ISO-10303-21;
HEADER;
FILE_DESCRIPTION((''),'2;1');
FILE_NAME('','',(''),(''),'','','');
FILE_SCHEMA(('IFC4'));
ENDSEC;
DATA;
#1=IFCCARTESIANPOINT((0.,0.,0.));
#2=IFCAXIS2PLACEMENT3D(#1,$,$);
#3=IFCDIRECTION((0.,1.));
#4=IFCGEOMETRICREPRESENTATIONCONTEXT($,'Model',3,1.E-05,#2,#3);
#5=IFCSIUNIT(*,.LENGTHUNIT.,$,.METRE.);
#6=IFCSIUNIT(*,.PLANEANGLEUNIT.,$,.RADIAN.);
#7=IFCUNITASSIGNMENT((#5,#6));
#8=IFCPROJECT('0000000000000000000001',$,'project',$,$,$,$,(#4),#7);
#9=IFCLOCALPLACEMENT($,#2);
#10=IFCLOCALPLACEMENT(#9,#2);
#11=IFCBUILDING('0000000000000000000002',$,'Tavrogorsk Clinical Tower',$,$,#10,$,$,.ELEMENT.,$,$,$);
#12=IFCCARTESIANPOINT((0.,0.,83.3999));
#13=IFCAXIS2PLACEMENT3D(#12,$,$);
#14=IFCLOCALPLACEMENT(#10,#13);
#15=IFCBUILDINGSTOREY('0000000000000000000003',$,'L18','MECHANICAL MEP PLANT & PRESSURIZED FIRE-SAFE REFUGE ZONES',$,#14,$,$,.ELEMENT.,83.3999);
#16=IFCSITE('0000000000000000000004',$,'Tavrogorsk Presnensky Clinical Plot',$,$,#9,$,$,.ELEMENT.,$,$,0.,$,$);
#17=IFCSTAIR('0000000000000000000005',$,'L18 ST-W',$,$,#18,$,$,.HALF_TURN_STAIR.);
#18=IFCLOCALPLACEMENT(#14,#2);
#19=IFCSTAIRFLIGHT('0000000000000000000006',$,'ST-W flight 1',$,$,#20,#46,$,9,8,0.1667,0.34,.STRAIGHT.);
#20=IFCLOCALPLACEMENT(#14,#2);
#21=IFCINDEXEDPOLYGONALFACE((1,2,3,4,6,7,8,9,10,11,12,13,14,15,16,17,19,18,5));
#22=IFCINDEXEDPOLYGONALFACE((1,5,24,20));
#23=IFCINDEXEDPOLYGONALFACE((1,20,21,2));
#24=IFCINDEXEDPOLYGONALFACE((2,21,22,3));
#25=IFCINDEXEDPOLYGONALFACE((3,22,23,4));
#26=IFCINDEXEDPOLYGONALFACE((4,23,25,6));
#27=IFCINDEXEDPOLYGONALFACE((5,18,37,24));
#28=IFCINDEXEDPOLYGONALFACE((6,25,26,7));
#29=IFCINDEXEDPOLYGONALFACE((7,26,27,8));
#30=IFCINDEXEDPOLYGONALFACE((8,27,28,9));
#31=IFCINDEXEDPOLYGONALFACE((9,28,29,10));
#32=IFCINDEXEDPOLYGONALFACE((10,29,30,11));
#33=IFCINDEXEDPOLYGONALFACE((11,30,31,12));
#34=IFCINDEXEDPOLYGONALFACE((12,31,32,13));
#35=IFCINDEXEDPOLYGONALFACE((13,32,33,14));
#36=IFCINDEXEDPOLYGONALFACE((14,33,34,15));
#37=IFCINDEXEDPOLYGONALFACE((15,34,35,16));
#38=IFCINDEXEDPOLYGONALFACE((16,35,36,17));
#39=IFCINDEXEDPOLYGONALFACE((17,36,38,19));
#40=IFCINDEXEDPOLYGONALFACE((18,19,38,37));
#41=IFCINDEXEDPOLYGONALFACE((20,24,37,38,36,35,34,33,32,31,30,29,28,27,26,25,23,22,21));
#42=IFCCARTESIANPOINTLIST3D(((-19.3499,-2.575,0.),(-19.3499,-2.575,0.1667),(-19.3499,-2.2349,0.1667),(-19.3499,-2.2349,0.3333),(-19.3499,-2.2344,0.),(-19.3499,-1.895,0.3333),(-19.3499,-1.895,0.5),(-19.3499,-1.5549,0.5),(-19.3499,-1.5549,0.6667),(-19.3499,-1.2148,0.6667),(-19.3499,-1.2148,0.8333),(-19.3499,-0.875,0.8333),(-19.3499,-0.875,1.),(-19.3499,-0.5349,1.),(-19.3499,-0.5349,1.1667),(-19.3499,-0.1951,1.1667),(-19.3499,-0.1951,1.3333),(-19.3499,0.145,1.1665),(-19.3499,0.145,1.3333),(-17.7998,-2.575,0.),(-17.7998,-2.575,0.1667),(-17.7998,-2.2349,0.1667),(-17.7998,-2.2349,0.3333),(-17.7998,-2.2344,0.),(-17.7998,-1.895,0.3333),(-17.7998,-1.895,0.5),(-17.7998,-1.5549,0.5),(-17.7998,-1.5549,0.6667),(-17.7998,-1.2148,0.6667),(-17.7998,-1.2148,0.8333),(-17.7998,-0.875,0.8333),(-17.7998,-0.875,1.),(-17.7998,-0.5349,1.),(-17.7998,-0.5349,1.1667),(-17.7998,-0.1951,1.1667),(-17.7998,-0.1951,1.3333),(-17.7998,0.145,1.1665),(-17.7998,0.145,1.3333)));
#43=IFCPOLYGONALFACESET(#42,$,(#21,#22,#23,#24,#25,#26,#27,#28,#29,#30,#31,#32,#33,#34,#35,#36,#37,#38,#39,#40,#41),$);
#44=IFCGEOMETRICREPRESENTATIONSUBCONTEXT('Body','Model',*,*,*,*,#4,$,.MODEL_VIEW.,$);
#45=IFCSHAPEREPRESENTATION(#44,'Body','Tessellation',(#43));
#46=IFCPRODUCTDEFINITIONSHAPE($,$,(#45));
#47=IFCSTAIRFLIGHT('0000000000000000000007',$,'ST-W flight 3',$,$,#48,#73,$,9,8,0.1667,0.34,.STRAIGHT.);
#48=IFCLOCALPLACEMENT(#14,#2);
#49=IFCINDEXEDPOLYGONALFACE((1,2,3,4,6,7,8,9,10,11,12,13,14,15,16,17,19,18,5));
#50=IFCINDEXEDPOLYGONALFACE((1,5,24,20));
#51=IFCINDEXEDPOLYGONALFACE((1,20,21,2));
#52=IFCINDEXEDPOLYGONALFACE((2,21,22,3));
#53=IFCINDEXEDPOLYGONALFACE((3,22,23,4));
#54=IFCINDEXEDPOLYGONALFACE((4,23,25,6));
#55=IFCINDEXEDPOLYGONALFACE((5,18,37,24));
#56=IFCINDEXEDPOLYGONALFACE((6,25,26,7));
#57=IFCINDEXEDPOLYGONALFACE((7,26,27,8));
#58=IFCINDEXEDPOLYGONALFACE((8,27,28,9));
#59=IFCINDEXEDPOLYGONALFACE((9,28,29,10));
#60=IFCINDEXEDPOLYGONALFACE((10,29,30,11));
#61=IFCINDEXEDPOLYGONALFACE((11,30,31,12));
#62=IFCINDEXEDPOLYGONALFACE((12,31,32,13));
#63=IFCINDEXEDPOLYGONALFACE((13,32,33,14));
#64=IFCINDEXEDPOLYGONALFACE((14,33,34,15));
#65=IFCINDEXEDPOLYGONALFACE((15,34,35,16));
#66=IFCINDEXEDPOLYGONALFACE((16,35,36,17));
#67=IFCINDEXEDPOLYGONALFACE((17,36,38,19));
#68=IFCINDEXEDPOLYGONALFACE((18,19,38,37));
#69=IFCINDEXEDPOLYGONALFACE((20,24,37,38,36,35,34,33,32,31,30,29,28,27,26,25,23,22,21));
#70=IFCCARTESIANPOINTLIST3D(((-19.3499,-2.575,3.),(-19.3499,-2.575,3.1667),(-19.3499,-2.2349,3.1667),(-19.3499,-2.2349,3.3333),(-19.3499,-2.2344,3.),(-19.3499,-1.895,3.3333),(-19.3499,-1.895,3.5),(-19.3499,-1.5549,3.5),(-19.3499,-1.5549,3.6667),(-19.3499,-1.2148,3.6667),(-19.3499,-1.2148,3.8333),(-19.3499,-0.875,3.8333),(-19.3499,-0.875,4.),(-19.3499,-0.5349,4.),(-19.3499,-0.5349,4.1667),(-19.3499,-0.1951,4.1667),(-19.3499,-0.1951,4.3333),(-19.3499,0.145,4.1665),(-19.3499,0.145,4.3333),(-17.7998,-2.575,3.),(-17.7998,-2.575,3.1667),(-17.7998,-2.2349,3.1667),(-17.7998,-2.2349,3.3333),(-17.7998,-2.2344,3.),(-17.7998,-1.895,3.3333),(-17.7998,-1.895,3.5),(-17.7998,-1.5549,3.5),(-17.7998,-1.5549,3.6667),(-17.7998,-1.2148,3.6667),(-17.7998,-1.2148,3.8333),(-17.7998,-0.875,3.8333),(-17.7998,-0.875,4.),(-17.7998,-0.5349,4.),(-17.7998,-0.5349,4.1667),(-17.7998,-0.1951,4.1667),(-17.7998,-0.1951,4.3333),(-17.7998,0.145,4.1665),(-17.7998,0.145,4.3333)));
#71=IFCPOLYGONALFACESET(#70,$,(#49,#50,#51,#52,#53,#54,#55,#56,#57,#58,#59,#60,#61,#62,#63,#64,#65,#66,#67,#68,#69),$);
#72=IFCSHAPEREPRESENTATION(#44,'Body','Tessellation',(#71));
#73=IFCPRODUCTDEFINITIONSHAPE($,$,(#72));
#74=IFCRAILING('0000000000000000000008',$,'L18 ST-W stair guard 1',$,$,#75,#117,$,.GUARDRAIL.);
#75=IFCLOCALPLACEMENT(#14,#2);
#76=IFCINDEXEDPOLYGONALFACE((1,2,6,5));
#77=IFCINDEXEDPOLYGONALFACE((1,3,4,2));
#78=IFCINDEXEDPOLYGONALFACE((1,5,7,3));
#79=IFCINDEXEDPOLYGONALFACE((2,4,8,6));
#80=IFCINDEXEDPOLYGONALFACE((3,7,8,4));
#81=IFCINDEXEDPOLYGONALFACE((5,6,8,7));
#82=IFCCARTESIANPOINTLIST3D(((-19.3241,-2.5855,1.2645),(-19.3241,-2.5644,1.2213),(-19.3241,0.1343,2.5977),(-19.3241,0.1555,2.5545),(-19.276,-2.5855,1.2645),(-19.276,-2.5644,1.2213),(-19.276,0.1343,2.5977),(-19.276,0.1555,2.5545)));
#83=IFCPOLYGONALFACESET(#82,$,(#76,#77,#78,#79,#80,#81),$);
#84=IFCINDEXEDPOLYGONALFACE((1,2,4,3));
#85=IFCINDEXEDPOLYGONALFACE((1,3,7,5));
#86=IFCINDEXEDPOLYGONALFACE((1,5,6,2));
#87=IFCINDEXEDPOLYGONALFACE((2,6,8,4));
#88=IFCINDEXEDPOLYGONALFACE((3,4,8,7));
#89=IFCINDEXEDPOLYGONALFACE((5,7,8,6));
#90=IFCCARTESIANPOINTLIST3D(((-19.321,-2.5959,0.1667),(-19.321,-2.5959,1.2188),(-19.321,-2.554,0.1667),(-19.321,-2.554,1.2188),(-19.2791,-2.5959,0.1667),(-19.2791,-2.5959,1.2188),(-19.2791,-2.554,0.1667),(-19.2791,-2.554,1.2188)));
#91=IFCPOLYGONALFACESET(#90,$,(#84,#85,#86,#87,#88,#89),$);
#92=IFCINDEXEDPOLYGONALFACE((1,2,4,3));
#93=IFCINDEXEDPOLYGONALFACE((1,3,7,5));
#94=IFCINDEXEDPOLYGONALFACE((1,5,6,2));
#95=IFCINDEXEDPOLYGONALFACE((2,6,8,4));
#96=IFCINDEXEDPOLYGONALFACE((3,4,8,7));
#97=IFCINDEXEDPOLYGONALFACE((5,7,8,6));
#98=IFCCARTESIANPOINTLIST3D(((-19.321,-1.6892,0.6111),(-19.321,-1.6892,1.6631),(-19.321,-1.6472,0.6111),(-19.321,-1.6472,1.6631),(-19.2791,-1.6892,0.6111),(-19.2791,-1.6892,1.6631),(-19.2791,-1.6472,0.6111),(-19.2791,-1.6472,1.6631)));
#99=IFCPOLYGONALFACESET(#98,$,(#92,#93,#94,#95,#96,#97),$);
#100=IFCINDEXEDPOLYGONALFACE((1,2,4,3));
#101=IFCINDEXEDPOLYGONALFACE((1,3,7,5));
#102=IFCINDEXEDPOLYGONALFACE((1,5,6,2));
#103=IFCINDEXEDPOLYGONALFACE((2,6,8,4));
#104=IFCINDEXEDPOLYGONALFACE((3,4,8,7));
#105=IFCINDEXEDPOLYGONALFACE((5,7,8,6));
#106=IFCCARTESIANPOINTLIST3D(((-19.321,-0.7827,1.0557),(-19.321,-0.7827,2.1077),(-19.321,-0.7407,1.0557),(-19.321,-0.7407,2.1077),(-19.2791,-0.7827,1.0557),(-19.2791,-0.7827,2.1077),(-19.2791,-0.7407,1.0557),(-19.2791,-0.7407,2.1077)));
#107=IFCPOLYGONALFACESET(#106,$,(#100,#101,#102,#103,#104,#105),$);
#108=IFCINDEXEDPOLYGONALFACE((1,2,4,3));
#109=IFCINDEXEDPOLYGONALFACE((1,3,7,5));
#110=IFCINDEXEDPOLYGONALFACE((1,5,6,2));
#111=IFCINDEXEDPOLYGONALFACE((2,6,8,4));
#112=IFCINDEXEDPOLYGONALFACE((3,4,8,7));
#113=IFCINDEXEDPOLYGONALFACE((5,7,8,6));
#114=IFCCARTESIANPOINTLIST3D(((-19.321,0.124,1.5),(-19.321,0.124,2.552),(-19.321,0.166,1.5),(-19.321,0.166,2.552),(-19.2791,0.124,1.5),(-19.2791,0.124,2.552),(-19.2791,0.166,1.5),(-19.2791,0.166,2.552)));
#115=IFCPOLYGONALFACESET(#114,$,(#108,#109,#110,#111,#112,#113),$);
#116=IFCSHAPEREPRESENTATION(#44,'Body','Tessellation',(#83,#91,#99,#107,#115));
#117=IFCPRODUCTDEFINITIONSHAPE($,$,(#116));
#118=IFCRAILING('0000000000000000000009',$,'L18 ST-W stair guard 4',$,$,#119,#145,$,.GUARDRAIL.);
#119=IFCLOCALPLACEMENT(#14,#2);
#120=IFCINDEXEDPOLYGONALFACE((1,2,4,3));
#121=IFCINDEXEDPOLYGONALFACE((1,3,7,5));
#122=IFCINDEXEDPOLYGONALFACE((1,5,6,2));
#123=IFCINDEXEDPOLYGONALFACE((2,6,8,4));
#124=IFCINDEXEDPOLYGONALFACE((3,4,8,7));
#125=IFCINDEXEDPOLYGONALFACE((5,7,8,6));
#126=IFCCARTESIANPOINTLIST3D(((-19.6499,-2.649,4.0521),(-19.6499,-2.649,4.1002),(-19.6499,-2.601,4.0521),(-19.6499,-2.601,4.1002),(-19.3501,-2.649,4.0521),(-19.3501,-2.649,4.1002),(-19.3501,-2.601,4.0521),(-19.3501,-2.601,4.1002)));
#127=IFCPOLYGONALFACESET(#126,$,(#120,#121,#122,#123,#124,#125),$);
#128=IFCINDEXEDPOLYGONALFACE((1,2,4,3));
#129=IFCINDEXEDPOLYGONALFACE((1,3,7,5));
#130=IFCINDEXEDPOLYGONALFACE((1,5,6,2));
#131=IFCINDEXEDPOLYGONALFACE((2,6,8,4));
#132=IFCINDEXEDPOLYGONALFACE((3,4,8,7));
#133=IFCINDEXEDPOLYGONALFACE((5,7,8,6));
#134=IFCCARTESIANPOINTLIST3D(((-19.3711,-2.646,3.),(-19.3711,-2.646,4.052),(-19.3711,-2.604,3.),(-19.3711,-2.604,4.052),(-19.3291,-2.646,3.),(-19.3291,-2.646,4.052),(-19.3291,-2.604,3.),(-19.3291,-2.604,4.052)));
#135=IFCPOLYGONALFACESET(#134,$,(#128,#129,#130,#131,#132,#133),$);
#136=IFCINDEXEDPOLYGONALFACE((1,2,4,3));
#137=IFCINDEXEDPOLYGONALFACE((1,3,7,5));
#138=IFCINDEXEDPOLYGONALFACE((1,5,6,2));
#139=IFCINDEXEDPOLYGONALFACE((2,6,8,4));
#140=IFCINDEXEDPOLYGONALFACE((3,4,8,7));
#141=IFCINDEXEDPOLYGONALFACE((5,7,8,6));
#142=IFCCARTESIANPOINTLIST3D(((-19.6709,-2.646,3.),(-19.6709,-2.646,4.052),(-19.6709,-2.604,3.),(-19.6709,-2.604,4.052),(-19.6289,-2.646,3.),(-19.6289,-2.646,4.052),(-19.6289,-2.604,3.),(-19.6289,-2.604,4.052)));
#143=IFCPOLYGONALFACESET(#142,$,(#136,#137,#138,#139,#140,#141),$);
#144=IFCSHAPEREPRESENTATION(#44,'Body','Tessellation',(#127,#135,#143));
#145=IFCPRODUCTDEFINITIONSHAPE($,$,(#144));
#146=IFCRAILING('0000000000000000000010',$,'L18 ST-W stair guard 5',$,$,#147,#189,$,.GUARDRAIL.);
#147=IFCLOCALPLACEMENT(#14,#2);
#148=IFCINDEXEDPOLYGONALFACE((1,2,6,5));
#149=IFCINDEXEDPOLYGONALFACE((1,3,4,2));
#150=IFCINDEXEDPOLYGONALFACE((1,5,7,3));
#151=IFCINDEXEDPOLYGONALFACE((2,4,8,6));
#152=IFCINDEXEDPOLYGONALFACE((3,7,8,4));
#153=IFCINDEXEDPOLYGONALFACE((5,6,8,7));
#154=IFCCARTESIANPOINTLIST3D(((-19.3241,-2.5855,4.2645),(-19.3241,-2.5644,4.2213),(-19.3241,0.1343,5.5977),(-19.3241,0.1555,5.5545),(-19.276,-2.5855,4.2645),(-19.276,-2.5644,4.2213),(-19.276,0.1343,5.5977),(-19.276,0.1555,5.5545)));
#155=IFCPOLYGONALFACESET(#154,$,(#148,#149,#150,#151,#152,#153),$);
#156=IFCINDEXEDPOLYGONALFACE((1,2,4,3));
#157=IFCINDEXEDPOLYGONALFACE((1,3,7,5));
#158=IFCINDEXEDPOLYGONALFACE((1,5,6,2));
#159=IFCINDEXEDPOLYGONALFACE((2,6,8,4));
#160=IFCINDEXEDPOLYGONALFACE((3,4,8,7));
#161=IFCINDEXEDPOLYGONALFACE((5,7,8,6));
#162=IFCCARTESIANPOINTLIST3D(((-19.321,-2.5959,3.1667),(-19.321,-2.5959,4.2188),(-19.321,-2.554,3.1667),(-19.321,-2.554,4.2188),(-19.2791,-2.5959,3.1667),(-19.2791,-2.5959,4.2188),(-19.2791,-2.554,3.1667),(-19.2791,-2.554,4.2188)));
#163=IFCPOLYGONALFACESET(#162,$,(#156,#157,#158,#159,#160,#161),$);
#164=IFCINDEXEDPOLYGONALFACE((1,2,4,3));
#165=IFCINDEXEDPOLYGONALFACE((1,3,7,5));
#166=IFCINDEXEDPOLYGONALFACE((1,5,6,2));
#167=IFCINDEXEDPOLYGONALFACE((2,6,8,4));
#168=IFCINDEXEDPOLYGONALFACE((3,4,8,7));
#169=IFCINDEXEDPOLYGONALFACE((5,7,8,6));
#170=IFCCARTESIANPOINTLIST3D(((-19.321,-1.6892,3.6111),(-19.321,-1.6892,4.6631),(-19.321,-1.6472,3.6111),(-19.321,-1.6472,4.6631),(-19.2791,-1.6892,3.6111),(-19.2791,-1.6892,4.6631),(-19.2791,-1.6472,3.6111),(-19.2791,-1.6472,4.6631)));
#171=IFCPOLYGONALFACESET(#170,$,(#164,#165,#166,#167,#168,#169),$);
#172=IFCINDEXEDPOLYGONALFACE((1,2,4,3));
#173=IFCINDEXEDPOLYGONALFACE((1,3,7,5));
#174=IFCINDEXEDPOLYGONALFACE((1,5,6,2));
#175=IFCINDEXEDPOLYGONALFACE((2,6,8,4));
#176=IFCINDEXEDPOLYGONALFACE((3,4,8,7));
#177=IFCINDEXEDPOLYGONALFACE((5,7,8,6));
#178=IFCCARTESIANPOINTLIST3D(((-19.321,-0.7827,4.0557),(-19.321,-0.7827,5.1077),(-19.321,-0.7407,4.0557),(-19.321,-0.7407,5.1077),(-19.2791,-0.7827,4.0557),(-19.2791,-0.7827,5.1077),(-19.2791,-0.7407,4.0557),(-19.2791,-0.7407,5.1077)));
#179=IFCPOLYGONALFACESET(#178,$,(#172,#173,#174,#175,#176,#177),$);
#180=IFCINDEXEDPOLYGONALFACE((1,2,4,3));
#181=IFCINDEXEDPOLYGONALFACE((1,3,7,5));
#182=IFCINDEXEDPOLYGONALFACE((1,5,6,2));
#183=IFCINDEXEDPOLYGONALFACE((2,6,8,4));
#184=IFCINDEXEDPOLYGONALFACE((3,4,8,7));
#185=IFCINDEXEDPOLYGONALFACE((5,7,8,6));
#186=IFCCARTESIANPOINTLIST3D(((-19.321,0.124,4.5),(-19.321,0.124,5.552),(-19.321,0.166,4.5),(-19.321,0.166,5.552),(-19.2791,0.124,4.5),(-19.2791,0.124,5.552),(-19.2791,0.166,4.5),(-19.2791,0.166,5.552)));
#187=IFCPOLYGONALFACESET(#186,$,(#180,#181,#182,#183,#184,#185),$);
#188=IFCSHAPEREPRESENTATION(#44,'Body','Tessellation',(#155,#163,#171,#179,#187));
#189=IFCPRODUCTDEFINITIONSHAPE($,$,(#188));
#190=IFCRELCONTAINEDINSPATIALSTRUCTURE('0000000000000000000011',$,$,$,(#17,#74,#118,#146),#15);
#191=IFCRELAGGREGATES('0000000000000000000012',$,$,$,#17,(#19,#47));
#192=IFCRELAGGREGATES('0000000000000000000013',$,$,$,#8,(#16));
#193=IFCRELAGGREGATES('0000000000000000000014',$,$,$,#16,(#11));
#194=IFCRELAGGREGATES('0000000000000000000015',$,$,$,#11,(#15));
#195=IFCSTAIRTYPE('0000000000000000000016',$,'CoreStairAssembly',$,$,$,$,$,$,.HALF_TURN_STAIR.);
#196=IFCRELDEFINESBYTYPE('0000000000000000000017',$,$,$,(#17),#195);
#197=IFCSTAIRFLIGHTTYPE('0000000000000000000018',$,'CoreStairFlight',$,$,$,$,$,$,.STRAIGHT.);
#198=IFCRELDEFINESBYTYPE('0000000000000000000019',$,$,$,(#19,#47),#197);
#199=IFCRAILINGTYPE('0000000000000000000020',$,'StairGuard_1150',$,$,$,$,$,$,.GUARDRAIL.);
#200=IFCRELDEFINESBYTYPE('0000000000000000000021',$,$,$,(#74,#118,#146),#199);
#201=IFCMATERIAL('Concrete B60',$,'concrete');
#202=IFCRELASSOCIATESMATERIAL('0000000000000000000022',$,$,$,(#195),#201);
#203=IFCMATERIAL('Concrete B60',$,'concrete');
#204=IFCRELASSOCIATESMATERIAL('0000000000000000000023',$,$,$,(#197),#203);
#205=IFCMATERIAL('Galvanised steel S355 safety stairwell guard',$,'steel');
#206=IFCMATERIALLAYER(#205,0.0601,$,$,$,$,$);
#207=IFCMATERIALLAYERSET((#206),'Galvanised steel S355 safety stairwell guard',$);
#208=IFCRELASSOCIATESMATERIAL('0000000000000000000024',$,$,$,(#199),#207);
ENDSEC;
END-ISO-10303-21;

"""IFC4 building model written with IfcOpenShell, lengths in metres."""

from ifc_helpers import new_model, si_unit, direction, frame, origin, origin_2d, place, context, subcontext, project, spatial, polyline, rectangle, outline, extrude, material, layer, layer_set, type_object, element, aggregate, save


model = new_model("IFC4")

# Units and contexts
model_context = context("Model", 3, precision=1e-05, world=origin(), true_north=direction((0.0, 1.0)))
body_context = subcontext(model_context, "Body", "Model", "MODEL_VIEW")
ifc_project = project(units=[si_unit("LENGTHUNIT", "METRE"), si_unit("PLANEANGLEUNIT", "RADIAN")], contexts=[model_context])

# Site, building, storey
site_placement = place(None, origin())
site = spatial("IfcSite", under=ifc_project, at=site_placement, Name="Tavrogorsk Presnensky Clinical Plot", CompositionType="ELEMENT", RefElevation=0.0)
building_placement = place(site_placement, origin())
building = spatial("IfcBuilding", under=site, at=building_placement, Name="Tavrogorsk Clinical Tower", CompositionType="ELEMENT")
storey_placement = place(building_placement, frame((0.0, 0.0, 83.3999)))
storey = spatial("IfcBuildingStorey", under=building, at=storey_placement, Name="L18", Description="MECHANICAL MEP PLANT & PRESSURIZED FIRE-SAFE REFUGE ZONES", CompositionType="ELEMENT", Elevation=83.3999)

# Stair, stair flights
ifc_material_1 = material(Name="Concrete B60", Category="concrete")
stair_type = type_object("IfcStairType", Name="CoreStairAssembly", PredefinedType="HALF_TURN_STAIR", material=ifc_material_1)
stair_placement = place(storey_placement, origin())
stair = element("IfcStair", 1, at=stair_placement, inside=storey, type_object=stair_type, Name="L18 ST-W", PredefinedType="HALF_TURN_STAIR")
ifc_material_2 = material(Name="Concrete B60", Category="concrete")
stair_flight_type = type_object("IfcStairFlightType", Name="CoreStairFlight", PredefinedType="STRAIGHT", material=ifc_material_2)
stair_flight_1_placement = place(storey_placement, frame((-18.575, -2.575, 0.0), z_axis=(0.0, 0.0, 1.0), x_axis=(0.0, 1.0, 0.0)))
stair_flight_1 = element("IfcStairFlight", 2, at=stair_flight_1_placement, type_object=stair_flight_type, Name="ST-W flight 1", NumberOfRisers=9, NumberOfTreads=8, PredefinedType="STRAIGHT", RiserHeight=0.1667, TreadLength=0.34, context=body_context, shape_type="SweptSolid", body=[
    extrude(outline(polyline([(0.0, 0.0), (0.0, 0.1667), (0.3401, 0.1667), (0.3401, 0.3333), (0.6799, 0.3333), (0.6799, 0.5), (1.02, 0.5), (1.02, 0.6667), (1.3601, 0.6667), (1.3601, 0.8333), (1.7, 0.8333), (1.7, 1.0), (2.04, 1.0), (2.04, 1.1667), (2.3799, 1.1667), (2.3799, 1.3333), (2.72, 1.3333), (2.72, 1.5), (2.72, 1.1665), (0.3406, 0.0), (0.0, 0.0)])), frame((0.0, 0.7749, 0.0), z_axis=(0.0, -1.0, 0.0), x_axis=(1.0, 0.0, 0.0)), (0.0, 0.0, 1.0), 1.55),
])
stair_flight_2_placement = place(storey_placement, frame((-18.575, -2.575, 3.0), z_axis=(0.0, 0.0, 1.0), x_axis=(0.0, 1.0, 0.0)))
stair_flight_2 = element("IfcStairFlight", 3, at=stair_flight_2_placement, type_object=stair_flight_type, Name="ST-W flight 3", NumberOfRisers=9, NumberOfTreads=8, PredefinedType="STRAIGHT", RiserHeight=0.1667, TreadLength=0.34, context=body_context, shape_type="SweptSolid", body=[
    extrude(outline(polyline([(0.0, 0.0), (0.0, 0.1667), (0.3401, 0.1667), (0.3401, 0.3333), (0.6799, 0.3333), (0.6799, 0.5), (1.02, 0.5), (1.02, 0.6667), (1.3601, 0.6667), (1.3601, 0.8333), (1.7, 0.8333), (1.7, 1.0), (2.04, 1.0), (2.04, 1.1667), (2.3799, 1.1667), (2.3799, 1.3333), (2.72, 1.3333), (2.72, 1.5), (2.72, 1.1665), (0.3406, 0.0), (0.0, 0.0)])), frame((0.0, 0.7749, 0.0), z_axis=(0.0, -1.0, 0.0), x_axis=(1.0, 0.0, 0.0)), (0.0, 0.0, 1.0), 1.55),
])
aggregate(stair, [stair_flight_1, stair_flight_2])

# Railings
ifc_material_3 = material(Name="Galvanised steel S355 safety stairwell guard", Category="steel")
ifc_layer_1 = layer(ifc_material_3, 0.0601)
ifc_layer_set_1 = layer_set([ifc_layer_1], Name="Galvanised steel S355 safety stairwell guard")
railing_type_1 = type_object("IfcRailingType", Name="StairGuard_1150", PredefinedType="GUARDRAIL", material=ifc_layer_set_1)
railing_1_placement = place(storey_placement, frame((-19.3, -2.575, 0.1667)))
element("IfcRailing", 4, at=railing_1_placement, inside=storey, type_object=railing_type_1, Name="L18 ST-W stair guard 1", PredefinedType="GUARDRAIL", context=body_context, shape_type="SweptSolid", body=[
    extrude(rectangle(XDim=0.0481, YDim=0.0481, at=origin_2d()), frame((0.0, 0.0, 1.0762), z_axis=(0.0, 0.897929, 0.440139), x_axis=(-1.0, 0.0, 0.0)), (0.0, 0.0, 1.0), 3.0291),
    extrude(rectangle(XDim=0.042, YDim=0.042, at=origin_2d()), origin(), (0.0, 0.0, 1.0), 1.052),
    extrude(rectangle(XDim=0.042, YDim=0.042, at=origin_2d()), frame((0.0, 0.9067, 0.4443)), (0.0, 0.0, 1.0), 1.052),
    extrude(rectangle(XDim=0.042, YDim=0.042, at=origin_2d()), frame((0.0, 1.8132, 0.8889)), (0.0, 0.0, 1.0), 1.052),
    extrude(rectangle(XDim=0.042, YDim=0.042, at=origin_2d()), frame((0.0, 2.72, 1.3333)), (0.0, 0.0, 1.0), 1.052),
])
railing_2_placement = place(storey_placement, frame((-19.3501, -2.625, 3.0)))
element("IfcRailing", 5, at=railing_2_placement, inside=storey, type_object=railing_type_1, Name="L18 ST-W stair guard 4", PredefinedType="GUARDRAIL", context=body_context, shape_type="SweptSolid", body=[
    extrude(rectangle(XDim=0.0481, YDim=0.0481, at=origin_2d()), frame((0.0, 0.0, 1.0762), z_axis=(-1.0, 0.0, 0.0), x_axis=(0.0, -1.0, 0.0)), (0.0, 0.0, 1.0), 0.2998),
    extrude(rectangle(XDim=0.042, YDim=0.042, at=origin_2d()), origin(), (0.0, 0.0, 1.0), 1.052),
    extrude(rectangle(XDim=0.042, YDim=0.042, at=origin_2d()), frame((-0.2998, 0.0, 0.0)), (0.0, 0.0, 1.0), 1.052),
])
railing_3_placement = place(storey_placement, frame((-19.3, -2.575, 3.1667)))
element("IfcRailing", 6, at=railing_3_placement, inside=storey, type_object=railing_type_1, Name="L18 ST-W stair guard 5", PredefinedType="GUARDRAIL", context=body_context, shape_type="SweptSolid", body=[
    extrude(rectangle(XDim=0.0481, YDim=0.0481, at=origin_2d()), frame((0.0, 0.0, 1.0762), z_axis=(0.0, 0.897929, 0.440139), x_axis=(-1.0, 0.0, 0.0)), (0.0, 0.0, 1.0), 3.0291),
    extrude(rectangle(XDim=0.042, YDim=0.042, at=origin_2d()), origin(), (0.0, 0.0, 1.0), 1.052),
    extrude(rectangle(XDim=0.042, YDim=0.042, at=origin_2d()), frame((0.0, 0.9067, 0.4443)), (0.0, 0.0, 1.0), 1.052),
    extrude(rectangle(XDim=0.042, YDim=0.042, at=origin_2d()), frame((0.0, 1.8132, 0.8889)), (0.0, 0.0, 1.0), 1.052),
    extrude(rectangle(XDim=0.042, YDim=0.042, at=origin_2d()), frame((0.0, 2.72, 1.3333)), (0.0, 0.0, 1.0), 1.052),
])

save(model, "model.ifc")
